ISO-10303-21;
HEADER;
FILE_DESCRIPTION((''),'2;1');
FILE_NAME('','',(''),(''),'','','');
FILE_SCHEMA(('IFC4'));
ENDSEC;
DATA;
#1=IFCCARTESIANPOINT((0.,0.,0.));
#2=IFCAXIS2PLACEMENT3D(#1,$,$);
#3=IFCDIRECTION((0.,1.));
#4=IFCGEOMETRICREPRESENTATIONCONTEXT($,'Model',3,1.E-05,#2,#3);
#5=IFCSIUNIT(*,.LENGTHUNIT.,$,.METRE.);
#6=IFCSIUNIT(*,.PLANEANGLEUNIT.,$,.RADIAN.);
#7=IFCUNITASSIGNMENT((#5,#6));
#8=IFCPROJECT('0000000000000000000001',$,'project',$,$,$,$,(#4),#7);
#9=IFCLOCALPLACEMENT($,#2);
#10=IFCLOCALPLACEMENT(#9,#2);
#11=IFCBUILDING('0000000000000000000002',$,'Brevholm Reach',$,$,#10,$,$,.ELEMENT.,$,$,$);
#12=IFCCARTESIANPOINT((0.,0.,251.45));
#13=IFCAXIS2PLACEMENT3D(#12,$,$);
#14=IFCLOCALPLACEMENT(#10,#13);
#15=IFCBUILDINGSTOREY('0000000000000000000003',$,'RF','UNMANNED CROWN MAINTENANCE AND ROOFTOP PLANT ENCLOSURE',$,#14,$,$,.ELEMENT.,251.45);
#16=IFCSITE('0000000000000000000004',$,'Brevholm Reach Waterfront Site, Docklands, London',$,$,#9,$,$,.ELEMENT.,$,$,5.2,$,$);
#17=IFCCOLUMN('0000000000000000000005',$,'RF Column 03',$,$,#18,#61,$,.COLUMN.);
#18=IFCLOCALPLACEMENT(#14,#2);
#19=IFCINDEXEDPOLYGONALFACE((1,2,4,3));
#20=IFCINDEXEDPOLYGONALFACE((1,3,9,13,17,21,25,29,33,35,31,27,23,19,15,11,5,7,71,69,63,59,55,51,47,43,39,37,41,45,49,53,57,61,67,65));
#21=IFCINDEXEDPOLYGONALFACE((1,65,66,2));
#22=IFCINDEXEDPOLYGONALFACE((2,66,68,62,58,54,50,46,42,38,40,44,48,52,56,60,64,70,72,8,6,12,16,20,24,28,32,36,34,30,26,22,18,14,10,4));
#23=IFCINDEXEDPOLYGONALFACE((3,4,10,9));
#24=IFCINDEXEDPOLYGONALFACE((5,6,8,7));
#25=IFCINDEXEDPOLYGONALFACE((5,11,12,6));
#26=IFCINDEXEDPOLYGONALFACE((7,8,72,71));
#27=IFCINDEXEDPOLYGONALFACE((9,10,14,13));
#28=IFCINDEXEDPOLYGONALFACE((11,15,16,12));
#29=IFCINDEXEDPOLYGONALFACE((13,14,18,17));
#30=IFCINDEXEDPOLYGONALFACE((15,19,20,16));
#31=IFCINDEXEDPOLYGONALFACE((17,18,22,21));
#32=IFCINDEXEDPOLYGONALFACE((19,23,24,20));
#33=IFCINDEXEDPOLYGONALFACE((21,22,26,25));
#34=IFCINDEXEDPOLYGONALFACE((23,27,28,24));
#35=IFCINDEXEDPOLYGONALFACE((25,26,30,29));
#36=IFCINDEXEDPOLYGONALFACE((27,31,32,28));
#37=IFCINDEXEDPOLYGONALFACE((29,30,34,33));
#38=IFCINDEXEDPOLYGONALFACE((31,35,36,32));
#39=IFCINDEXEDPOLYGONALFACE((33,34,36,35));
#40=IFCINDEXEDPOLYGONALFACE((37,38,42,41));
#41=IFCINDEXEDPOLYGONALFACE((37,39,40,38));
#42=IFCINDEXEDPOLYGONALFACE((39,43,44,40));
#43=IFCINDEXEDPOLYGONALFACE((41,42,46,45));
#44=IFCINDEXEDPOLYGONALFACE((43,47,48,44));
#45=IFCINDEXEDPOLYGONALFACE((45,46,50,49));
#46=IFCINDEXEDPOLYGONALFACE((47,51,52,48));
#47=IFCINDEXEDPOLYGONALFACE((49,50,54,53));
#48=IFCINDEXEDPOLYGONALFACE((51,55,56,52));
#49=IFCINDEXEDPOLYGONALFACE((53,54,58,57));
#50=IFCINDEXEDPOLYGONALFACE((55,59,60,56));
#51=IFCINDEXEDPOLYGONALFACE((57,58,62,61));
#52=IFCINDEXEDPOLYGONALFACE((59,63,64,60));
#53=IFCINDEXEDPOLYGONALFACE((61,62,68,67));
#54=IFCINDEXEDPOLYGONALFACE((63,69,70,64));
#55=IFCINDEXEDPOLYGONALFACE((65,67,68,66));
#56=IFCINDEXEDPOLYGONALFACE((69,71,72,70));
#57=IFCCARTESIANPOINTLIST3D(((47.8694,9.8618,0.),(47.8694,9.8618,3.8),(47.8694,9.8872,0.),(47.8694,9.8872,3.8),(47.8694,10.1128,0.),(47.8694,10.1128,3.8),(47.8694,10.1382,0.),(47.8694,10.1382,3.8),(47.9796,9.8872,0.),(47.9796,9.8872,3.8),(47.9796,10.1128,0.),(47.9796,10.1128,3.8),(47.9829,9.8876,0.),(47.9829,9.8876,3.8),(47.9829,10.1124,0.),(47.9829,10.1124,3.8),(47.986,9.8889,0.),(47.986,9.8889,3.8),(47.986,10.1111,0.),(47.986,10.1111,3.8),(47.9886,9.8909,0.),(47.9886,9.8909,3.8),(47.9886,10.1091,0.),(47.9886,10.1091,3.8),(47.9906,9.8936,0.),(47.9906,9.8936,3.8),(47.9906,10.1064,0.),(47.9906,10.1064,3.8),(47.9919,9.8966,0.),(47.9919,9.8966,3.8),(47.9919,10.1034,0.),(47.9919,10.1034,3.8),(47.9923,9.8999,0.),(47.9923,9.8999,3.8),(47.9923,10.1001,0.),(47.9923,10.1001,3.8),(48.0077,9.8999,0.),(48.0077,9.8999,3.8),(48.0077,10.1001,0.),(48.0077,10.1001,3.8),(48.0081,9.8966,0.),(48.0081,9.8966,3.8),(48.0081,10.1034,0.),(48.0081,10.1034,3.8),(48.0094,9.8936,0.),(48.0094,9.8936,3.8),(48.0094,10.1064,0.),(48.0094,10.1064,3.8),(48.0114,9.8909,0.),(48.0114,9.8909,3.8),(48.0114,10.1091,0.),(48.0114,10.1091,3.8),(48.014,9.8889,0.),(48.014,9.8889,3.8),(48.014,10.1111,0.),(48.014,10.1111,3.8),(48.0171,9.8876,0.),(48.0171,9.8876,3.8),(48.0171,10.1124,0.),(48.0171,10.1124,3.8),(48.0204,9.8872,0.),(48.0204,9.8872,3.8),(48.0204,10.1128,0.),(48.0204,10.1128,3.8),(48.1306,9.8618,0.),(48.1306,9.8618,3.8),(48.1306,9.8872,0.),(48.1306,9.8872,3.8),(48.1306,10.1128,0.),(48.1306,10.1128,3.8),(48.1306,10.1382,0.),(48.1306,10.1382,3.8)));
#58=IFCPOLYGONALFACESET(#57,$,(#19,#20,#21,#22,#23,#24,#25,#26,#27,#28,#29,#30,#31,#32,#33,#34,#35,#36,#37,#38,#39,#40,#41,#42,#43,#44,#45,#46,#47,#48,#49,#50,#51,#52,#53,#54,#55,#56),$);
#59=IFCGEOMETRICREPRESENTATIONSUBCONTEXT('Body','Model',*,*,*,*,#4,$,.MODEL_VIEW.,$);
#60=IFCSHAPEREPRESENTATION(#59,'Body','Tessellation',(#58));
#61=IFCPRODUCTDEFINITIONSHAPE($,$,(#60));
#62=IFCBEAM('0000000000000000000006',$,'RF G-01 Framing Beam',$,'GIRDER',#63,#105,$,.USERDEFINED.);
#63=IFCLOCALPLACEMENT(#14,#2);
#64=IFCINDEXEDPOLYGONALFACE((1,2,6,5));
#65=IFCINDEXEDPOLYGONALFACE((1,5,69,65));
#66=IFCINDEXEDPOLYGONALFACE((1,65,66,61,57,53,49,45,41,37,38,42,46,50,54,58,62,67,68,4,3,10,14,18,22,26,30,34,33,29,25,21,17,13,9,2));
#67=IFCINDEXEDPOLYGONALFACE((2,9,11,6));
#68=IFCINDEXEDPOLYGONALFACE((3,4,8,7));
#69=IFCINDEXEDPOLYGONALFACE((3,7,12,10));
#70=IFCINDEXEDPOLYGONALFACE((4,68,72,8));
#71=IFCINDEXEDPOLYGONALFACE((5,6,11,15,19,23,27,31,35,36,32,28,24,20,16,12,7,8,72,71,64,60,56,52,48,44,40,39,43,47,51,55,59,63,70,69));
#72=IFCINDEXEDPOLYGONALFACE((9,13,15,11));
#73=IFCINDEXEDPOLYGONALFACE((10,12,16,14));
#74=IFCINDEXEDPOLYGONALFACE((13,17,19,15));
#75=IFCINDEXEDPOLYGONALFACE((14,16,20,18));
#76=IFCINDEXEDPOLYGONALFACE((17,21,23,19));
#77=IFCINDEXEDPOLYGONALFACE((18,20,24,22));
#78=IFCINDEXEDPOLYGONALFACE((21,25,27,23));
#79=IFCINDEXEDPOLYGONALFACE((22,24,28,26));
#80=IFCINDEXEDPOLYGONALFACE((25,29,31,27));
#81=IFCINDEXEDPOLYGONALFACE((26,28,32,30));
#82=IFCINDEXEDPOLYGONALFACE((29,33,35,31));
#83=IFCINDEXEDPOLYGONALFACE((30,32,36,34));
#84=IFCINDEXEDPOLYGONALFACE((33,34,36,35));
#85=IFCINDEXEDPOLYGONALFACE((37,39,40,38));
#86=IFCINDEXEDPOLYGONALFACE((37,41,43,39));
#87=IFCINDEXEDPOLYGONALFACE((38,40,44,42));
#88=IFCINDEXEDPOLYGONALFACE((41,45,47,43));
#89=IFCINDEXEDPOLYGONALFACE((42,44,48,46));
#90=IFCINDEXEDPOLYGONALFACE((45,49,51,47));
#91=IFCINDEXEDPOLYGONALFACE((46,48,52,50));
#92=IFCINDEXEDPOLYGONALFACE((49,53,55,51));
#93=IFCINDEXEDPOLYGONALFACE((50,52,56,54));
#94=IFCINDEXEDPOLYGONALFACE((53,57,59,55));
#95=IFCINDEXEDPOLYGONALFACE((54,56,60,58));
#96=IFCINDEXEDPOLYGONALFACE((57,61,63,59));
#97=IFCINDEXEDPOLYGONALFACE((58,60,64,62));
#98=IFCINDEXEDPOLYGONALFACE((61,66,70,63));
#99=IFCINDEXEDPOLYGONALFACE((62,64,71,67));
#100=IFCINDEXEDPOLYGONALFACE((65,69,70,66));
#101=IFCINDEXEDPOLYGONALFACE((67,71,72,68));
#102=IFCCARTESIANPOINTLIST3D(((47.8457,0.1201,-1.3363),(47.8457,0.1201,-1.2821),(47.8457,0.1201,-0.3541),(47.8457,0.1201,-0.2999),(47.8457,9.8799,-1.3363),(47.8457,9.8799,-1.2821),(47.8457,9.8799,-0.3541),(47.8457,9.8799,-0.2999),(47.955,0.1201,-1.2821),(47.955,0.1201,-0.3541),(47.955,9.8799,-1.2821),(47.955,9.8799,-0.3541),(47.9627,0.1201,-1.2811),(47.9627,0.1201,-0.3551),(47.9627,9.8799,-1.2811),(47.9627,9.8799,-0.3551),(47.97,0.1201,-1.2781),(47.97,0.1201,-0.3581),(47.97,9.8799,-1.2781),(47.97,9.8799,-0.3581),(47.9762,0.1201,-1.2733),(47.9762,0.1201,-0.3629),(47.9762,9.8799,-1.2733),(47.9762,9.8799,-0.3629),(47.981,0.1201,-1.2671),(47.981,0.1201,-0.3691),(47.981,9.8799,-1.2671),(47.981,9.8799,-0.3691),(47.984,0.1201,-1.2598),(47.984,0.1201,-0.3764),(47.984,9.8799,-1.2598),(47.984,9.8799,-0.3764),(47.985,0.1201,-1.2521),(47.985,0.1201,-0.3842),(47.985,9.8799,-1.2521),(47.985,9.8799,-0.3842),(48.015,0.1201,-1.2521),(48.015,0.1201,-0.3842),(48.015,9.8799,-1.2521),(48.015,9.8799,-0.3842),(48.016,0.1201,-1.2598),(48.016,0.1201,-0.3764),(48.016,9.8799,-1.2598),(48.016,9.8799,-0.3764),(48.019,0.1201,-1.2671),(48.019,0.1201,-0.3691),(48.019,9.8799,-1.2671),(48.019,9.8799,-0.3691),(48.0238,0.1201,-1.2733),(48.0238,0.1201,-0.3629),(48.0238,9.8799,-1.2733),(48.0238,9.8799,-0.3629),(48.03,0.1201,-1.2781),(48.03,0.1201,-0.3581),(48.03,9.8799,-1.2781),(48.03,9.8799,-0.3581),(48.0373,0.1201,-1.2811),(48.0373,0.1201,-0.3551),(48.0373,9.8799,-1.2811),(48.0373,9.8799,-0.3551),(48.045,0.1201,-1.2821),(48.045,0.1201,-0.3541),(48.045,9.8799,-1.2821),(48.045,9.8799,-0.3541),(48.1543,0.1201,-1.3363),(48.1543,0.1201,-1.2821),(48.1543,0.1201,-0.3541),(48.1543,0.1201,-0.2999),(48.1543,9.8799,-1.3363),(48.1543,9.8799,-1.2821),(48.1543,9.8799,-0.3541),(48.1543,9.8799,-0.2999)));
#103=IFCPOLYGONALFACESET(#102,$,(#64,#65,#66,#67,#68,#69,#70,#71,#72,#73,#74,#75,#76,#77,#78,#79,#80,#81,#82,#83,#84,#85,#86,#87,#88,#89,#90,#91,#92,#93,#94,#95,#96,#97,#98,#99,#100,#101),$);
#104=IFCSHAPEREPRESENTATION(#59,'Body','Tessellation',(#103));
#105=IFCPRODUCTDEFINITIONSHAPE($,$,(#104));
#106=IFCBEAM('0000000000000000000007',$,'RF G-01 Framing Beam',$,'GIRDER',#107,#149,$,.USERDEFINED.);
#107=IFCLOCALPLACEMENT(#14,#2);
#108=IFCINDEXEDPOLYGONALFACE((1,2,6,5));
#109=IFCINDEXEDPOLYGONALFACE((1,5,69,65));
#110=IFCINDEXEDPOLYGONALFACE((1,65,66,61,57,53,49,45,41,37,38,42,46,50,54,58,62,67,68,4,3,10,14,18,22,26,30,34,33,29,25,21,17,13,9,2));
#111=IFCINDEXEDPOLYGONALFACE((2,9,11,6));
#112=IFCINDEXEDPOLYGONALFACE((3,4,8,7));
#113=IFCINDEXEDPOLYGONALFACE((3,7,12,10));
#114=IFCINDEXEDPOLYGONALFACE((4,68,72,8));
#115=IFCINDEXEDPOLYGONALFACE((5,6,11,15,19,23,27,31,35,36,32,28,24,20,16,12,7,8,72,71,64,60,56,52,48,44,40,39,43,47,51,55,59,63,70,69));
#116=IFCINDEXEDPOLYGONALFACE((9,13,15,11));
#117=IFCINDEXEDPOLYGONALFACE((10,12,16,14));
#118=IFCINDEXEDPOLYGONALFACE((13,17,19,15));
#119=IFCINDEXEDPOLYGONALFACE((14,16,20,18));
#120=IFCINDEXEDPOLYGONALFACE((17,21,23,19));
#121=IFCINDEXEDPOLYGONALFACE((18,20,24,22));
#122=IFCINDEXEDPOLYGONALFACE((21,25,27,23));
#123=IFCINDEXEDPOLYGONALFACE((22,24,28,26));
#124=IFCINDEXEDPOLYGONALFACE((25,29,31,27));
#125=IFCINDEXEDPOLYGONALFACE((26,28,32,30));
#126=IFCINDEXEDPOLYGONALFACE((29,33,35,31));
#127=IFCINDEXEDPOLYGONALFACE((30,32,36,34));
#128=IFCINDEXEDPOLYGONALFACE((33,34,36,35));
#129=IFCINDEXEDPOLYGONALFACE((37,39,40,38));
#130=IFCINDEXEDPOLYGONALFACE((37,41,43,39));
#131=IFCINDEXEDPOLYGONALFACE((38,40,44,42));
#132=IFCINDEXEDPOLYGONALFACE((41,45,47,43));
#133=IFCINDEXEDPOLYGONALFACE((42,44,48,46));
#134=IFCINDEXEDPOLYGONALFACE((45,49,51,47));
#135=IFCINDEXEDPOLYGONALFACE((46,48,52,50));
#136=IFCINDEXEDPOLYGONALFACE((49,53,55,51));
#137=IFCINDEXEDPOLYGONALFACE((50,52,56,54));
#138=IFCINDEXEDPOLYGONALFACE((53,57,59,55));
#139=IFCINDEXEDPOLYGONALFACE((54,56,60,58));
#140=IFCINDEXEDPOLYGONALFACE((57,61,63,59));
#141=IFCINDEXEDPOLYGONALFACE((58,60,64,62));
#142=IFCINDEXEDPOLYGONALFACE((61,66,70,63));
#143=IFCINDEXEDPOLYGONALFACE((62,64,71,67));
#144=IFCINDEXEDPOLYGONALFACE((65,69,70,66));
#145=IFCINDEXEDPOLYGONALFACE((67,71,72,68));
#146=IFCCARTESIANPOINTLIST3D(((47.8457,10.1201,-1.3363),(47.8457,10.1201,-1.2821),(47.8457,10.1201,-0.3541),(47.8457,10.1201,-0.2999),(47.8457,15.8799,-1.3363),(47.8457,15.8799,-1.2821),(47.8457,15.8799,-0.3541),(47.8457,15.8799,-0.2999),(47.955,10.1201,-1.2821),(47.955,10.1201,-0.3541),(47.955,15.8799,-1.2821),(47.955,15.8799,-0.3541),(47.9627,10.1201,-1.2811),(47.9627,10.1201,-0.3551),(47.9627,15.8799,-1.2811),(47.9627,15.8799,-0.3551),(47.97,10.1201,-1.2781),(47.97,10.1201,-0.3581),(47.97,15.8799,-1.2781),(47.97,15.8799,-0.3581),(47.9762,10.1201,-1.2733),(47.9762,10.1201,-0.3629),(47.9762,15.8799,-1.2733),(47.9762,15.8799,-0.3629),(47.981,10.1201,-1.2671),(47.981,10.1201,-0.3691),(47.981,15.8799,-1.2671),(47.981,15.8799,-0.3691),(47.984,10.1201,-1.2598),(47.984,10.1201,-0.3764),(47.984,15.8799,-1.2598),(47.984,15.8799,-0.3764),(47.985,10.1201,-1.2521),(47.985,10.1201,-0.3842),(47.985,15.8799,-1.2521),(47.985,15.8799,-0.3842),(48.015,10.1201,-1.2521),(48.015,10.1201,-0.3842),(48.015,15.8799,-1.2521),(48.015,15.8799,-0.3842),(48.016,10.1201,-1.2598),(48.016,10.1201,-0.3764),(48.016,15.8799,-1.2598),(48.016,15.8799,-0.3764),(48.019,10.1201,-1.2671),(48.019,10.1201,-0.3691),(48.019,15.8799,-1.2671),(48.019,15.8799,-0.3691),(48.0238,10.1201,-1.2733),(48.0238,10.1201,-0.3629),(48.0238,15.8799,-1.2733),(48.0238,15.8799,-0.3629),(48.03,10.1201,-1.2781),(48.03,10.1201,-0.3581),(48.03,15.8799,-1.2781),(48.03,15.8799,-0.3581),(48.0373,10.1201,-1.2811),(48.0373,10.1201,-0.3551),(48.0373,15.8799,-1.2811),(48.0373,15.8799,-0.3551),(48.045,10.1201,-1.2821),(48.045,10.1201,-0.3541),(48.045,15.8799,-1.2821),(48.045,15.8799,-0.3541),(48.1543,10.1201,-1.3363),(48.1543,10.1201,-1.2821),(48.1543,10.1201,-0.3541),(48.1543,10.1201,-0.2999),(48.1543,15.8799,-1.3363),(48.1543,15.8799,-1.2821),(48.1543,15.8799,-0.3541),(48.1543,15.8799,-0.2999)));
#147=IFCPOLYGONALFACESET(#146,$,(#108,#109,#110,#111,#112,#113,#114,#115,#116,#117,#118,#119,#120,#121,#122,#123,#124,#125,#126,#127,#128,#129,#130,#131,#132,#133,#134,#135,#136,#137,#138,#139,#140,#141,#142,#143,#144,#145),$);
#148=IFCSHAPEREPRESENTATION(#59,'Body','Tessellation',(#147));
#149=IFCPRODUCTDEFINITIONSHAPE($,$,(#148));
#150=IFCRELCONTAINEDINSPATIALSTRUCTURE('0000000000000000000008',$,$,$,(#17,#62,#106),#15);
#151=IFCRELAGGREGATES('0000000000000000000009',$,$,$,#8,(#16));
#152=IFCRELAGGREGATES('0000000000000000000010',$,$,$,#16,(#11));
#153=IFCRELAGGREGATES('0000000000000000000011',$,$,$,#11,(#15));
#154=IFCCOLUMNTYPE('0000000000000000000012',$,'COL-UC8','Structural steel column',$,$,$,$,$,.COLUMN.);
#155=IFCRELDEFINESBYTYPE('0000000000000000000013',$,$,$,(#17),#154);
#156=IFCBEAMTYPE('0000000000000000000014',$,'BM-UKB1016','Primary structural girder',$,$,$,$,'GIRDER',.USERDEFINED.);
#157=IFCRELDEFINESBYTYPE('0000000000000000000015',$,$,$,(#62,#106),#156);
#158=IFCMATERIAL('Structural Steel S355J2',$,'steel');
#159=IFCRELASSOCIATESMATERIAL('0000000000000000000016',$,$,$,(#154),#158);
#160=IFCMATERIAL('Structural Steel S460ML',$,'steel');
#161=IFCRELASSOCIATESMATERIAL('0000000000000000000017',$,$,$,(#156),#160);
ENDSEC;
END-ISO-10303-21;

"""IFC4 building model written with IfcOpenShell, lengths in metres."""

from ifc_helpers import new_model, si_unit, direction, frame, origin, origin_2d, place, context, subcontext, project, spatial, i_section, extrude, material, material_profile, profile_set, type_object, element, save


model = new_model("IFC4")

# Units and contexts
model_context = context("Model", 3, precision=1e-05, world=origin(), true_north=direction((0.0, 1.0)))
body_context = subcontext(model_context, "Body", "Model", "MODEL_VIEW")
ifc_project = project(units=[si_unit("LENGTHUNIT", "METRE"), si_unit("PLANEANGLEUNIT", "RADIAN")], contexts=[model_context])

# Site, building, storey
site_placement = place(None, origin())
site = spatial("IfcSite", under=ifc_project, at=site_placement, Name="Brevholm Reach Waterfront Site, Docklands, London", CompositionType="ELEMENT", RefElevation=5.2)
building_placement = place(site_placement, origin())
building = spatial("IfcBuilding", under=site, at=building_placement, Name="Brevholm Reach", CompositionType="ELEMENT")
storey_placement = place(building_placement, frame((0.0, 0.0, 251.45)))
storey = spatial("IfcBuildingStorey", under=building, at=storey_placement, Name="RF", Description="UNMANNED CROWN MAINTENANCE AND ROOFTOP PLANT ENCLOSURE", CompositionType="ELEMENT", Elevation=251.45)

# Column
ifc_material_1 = material(Name="Structural Steel S355J2", Category="steel")
ifc_material_profile_1 = material_profile(ifc_material_1, i_section(OverallWidth=0.2612, OverallDepth=0.2764, WebThickness=0.0154, FlangeThickness=0.0254, FilletRadius=0.0127, at=origin_2d()), Name="UKC 254x254x132")
ifc_profile_set_1 = profile_set([ifc_material_profile_1], Name="Structural Steel S355J2")
column_type = type_object("IfcColumnType", Name="COL-UC8", Description="Structural steel column", PredefinedType="COLUMN", material=ifc_profile_set_1)
column_placement = place(storey_placement, frame((48.0, 10.0, 0.0), z_axis=(0.0, 0.0, 1.0), x_axis=(1.0, 0.0, 0.0)))
element("IfcColumn", 1, at=column_placement, inside=storey, type_object=column_type, Name="RF Column 03", PredefinedType="COLUMN", context=body_context, shape_type="SweptSolid", body=[
    extrude(i_section(OverallWidth=0.2612, OverallDepth=0.2764, WebThickness=0.0154, FlangeThickness=0.0254, FilletRadius=0.0127, at=origin_2d()), origin(), (0.0, 0.0, 1.0), 3.8),
])

# Beams
ifc_material_2 = material(Name="Structural Steel S460ML", Category="steel")
ifc_material_profile_2 = material_profile(ifc_material_2, i_section(OverallWidth=0.3086, OverallDepth=1.0364, WebThickness=0.03, FlangeThickness=0.0542, FilletRadius=0.03, at=origin_2d()), Name="UKB 1016x305x487")
ifc_profile_set_2 = profile_set([ifc_material_profile_2], Name="Structural Steel S460ML")
beam_type = type_object("IfcBeamType", Name="BM-UKB1016", Description="Primary structural girder", ElementType="GIRDER", PredefinedType="USERDEFINED", material=ifc_profile_set_2)
beam_1_placement = place(storey_placement, frame((48.0, 0.1201, -0.8181), z_axis=(0.0, 1.0, 0.0), x_axis=(-1.0, 0.0, 0.0)))
element("IfcBeam", 2, at=beam_1_placement, inside=storey, type_object=beam_type, Name="RF G-01 Framing Beam", ObjectType="GIRDER", PredefinedType="USERDEFINED", context=body_context, shape_type="SweptSolid", body=[
    extrude(i_section(OverallWidth=0.3086, OverallDepth=1.0364, WebThickness=0.03, FlangeThickness=0.0542, FilletRadius=0.03, at=origin_2d()), origin(), (0.0, 0.0, 1.0), 9.7598),
])
beam_2_placement = place(storey_placement, frame((48.0, 10.1201, -0.8181), z_axis=(0.0, 1.0, 0.0), x_axis=(-1.0, 0.0, 0.0)))
element("IfcBeam", 3, at=beam_2_placement, inside=storey, type_object=beam_type, Name="RF G-01 Framing Beam", ObjectType="GIRDER", PredefinedType="USERDEFINED", context=body_context, shape_type="SweptSolid", body=[
    extrude(i_section(OverallWidth=0.3086, OverallDepth=1.0364, WebThickness=0.03, FlangeThickness=0.0542, FilletRadius=0.03, at=origin_2d()), origin(), (0.0, 0.0, 1.0), 5.7598),
])

save(model, "model.ifc")
